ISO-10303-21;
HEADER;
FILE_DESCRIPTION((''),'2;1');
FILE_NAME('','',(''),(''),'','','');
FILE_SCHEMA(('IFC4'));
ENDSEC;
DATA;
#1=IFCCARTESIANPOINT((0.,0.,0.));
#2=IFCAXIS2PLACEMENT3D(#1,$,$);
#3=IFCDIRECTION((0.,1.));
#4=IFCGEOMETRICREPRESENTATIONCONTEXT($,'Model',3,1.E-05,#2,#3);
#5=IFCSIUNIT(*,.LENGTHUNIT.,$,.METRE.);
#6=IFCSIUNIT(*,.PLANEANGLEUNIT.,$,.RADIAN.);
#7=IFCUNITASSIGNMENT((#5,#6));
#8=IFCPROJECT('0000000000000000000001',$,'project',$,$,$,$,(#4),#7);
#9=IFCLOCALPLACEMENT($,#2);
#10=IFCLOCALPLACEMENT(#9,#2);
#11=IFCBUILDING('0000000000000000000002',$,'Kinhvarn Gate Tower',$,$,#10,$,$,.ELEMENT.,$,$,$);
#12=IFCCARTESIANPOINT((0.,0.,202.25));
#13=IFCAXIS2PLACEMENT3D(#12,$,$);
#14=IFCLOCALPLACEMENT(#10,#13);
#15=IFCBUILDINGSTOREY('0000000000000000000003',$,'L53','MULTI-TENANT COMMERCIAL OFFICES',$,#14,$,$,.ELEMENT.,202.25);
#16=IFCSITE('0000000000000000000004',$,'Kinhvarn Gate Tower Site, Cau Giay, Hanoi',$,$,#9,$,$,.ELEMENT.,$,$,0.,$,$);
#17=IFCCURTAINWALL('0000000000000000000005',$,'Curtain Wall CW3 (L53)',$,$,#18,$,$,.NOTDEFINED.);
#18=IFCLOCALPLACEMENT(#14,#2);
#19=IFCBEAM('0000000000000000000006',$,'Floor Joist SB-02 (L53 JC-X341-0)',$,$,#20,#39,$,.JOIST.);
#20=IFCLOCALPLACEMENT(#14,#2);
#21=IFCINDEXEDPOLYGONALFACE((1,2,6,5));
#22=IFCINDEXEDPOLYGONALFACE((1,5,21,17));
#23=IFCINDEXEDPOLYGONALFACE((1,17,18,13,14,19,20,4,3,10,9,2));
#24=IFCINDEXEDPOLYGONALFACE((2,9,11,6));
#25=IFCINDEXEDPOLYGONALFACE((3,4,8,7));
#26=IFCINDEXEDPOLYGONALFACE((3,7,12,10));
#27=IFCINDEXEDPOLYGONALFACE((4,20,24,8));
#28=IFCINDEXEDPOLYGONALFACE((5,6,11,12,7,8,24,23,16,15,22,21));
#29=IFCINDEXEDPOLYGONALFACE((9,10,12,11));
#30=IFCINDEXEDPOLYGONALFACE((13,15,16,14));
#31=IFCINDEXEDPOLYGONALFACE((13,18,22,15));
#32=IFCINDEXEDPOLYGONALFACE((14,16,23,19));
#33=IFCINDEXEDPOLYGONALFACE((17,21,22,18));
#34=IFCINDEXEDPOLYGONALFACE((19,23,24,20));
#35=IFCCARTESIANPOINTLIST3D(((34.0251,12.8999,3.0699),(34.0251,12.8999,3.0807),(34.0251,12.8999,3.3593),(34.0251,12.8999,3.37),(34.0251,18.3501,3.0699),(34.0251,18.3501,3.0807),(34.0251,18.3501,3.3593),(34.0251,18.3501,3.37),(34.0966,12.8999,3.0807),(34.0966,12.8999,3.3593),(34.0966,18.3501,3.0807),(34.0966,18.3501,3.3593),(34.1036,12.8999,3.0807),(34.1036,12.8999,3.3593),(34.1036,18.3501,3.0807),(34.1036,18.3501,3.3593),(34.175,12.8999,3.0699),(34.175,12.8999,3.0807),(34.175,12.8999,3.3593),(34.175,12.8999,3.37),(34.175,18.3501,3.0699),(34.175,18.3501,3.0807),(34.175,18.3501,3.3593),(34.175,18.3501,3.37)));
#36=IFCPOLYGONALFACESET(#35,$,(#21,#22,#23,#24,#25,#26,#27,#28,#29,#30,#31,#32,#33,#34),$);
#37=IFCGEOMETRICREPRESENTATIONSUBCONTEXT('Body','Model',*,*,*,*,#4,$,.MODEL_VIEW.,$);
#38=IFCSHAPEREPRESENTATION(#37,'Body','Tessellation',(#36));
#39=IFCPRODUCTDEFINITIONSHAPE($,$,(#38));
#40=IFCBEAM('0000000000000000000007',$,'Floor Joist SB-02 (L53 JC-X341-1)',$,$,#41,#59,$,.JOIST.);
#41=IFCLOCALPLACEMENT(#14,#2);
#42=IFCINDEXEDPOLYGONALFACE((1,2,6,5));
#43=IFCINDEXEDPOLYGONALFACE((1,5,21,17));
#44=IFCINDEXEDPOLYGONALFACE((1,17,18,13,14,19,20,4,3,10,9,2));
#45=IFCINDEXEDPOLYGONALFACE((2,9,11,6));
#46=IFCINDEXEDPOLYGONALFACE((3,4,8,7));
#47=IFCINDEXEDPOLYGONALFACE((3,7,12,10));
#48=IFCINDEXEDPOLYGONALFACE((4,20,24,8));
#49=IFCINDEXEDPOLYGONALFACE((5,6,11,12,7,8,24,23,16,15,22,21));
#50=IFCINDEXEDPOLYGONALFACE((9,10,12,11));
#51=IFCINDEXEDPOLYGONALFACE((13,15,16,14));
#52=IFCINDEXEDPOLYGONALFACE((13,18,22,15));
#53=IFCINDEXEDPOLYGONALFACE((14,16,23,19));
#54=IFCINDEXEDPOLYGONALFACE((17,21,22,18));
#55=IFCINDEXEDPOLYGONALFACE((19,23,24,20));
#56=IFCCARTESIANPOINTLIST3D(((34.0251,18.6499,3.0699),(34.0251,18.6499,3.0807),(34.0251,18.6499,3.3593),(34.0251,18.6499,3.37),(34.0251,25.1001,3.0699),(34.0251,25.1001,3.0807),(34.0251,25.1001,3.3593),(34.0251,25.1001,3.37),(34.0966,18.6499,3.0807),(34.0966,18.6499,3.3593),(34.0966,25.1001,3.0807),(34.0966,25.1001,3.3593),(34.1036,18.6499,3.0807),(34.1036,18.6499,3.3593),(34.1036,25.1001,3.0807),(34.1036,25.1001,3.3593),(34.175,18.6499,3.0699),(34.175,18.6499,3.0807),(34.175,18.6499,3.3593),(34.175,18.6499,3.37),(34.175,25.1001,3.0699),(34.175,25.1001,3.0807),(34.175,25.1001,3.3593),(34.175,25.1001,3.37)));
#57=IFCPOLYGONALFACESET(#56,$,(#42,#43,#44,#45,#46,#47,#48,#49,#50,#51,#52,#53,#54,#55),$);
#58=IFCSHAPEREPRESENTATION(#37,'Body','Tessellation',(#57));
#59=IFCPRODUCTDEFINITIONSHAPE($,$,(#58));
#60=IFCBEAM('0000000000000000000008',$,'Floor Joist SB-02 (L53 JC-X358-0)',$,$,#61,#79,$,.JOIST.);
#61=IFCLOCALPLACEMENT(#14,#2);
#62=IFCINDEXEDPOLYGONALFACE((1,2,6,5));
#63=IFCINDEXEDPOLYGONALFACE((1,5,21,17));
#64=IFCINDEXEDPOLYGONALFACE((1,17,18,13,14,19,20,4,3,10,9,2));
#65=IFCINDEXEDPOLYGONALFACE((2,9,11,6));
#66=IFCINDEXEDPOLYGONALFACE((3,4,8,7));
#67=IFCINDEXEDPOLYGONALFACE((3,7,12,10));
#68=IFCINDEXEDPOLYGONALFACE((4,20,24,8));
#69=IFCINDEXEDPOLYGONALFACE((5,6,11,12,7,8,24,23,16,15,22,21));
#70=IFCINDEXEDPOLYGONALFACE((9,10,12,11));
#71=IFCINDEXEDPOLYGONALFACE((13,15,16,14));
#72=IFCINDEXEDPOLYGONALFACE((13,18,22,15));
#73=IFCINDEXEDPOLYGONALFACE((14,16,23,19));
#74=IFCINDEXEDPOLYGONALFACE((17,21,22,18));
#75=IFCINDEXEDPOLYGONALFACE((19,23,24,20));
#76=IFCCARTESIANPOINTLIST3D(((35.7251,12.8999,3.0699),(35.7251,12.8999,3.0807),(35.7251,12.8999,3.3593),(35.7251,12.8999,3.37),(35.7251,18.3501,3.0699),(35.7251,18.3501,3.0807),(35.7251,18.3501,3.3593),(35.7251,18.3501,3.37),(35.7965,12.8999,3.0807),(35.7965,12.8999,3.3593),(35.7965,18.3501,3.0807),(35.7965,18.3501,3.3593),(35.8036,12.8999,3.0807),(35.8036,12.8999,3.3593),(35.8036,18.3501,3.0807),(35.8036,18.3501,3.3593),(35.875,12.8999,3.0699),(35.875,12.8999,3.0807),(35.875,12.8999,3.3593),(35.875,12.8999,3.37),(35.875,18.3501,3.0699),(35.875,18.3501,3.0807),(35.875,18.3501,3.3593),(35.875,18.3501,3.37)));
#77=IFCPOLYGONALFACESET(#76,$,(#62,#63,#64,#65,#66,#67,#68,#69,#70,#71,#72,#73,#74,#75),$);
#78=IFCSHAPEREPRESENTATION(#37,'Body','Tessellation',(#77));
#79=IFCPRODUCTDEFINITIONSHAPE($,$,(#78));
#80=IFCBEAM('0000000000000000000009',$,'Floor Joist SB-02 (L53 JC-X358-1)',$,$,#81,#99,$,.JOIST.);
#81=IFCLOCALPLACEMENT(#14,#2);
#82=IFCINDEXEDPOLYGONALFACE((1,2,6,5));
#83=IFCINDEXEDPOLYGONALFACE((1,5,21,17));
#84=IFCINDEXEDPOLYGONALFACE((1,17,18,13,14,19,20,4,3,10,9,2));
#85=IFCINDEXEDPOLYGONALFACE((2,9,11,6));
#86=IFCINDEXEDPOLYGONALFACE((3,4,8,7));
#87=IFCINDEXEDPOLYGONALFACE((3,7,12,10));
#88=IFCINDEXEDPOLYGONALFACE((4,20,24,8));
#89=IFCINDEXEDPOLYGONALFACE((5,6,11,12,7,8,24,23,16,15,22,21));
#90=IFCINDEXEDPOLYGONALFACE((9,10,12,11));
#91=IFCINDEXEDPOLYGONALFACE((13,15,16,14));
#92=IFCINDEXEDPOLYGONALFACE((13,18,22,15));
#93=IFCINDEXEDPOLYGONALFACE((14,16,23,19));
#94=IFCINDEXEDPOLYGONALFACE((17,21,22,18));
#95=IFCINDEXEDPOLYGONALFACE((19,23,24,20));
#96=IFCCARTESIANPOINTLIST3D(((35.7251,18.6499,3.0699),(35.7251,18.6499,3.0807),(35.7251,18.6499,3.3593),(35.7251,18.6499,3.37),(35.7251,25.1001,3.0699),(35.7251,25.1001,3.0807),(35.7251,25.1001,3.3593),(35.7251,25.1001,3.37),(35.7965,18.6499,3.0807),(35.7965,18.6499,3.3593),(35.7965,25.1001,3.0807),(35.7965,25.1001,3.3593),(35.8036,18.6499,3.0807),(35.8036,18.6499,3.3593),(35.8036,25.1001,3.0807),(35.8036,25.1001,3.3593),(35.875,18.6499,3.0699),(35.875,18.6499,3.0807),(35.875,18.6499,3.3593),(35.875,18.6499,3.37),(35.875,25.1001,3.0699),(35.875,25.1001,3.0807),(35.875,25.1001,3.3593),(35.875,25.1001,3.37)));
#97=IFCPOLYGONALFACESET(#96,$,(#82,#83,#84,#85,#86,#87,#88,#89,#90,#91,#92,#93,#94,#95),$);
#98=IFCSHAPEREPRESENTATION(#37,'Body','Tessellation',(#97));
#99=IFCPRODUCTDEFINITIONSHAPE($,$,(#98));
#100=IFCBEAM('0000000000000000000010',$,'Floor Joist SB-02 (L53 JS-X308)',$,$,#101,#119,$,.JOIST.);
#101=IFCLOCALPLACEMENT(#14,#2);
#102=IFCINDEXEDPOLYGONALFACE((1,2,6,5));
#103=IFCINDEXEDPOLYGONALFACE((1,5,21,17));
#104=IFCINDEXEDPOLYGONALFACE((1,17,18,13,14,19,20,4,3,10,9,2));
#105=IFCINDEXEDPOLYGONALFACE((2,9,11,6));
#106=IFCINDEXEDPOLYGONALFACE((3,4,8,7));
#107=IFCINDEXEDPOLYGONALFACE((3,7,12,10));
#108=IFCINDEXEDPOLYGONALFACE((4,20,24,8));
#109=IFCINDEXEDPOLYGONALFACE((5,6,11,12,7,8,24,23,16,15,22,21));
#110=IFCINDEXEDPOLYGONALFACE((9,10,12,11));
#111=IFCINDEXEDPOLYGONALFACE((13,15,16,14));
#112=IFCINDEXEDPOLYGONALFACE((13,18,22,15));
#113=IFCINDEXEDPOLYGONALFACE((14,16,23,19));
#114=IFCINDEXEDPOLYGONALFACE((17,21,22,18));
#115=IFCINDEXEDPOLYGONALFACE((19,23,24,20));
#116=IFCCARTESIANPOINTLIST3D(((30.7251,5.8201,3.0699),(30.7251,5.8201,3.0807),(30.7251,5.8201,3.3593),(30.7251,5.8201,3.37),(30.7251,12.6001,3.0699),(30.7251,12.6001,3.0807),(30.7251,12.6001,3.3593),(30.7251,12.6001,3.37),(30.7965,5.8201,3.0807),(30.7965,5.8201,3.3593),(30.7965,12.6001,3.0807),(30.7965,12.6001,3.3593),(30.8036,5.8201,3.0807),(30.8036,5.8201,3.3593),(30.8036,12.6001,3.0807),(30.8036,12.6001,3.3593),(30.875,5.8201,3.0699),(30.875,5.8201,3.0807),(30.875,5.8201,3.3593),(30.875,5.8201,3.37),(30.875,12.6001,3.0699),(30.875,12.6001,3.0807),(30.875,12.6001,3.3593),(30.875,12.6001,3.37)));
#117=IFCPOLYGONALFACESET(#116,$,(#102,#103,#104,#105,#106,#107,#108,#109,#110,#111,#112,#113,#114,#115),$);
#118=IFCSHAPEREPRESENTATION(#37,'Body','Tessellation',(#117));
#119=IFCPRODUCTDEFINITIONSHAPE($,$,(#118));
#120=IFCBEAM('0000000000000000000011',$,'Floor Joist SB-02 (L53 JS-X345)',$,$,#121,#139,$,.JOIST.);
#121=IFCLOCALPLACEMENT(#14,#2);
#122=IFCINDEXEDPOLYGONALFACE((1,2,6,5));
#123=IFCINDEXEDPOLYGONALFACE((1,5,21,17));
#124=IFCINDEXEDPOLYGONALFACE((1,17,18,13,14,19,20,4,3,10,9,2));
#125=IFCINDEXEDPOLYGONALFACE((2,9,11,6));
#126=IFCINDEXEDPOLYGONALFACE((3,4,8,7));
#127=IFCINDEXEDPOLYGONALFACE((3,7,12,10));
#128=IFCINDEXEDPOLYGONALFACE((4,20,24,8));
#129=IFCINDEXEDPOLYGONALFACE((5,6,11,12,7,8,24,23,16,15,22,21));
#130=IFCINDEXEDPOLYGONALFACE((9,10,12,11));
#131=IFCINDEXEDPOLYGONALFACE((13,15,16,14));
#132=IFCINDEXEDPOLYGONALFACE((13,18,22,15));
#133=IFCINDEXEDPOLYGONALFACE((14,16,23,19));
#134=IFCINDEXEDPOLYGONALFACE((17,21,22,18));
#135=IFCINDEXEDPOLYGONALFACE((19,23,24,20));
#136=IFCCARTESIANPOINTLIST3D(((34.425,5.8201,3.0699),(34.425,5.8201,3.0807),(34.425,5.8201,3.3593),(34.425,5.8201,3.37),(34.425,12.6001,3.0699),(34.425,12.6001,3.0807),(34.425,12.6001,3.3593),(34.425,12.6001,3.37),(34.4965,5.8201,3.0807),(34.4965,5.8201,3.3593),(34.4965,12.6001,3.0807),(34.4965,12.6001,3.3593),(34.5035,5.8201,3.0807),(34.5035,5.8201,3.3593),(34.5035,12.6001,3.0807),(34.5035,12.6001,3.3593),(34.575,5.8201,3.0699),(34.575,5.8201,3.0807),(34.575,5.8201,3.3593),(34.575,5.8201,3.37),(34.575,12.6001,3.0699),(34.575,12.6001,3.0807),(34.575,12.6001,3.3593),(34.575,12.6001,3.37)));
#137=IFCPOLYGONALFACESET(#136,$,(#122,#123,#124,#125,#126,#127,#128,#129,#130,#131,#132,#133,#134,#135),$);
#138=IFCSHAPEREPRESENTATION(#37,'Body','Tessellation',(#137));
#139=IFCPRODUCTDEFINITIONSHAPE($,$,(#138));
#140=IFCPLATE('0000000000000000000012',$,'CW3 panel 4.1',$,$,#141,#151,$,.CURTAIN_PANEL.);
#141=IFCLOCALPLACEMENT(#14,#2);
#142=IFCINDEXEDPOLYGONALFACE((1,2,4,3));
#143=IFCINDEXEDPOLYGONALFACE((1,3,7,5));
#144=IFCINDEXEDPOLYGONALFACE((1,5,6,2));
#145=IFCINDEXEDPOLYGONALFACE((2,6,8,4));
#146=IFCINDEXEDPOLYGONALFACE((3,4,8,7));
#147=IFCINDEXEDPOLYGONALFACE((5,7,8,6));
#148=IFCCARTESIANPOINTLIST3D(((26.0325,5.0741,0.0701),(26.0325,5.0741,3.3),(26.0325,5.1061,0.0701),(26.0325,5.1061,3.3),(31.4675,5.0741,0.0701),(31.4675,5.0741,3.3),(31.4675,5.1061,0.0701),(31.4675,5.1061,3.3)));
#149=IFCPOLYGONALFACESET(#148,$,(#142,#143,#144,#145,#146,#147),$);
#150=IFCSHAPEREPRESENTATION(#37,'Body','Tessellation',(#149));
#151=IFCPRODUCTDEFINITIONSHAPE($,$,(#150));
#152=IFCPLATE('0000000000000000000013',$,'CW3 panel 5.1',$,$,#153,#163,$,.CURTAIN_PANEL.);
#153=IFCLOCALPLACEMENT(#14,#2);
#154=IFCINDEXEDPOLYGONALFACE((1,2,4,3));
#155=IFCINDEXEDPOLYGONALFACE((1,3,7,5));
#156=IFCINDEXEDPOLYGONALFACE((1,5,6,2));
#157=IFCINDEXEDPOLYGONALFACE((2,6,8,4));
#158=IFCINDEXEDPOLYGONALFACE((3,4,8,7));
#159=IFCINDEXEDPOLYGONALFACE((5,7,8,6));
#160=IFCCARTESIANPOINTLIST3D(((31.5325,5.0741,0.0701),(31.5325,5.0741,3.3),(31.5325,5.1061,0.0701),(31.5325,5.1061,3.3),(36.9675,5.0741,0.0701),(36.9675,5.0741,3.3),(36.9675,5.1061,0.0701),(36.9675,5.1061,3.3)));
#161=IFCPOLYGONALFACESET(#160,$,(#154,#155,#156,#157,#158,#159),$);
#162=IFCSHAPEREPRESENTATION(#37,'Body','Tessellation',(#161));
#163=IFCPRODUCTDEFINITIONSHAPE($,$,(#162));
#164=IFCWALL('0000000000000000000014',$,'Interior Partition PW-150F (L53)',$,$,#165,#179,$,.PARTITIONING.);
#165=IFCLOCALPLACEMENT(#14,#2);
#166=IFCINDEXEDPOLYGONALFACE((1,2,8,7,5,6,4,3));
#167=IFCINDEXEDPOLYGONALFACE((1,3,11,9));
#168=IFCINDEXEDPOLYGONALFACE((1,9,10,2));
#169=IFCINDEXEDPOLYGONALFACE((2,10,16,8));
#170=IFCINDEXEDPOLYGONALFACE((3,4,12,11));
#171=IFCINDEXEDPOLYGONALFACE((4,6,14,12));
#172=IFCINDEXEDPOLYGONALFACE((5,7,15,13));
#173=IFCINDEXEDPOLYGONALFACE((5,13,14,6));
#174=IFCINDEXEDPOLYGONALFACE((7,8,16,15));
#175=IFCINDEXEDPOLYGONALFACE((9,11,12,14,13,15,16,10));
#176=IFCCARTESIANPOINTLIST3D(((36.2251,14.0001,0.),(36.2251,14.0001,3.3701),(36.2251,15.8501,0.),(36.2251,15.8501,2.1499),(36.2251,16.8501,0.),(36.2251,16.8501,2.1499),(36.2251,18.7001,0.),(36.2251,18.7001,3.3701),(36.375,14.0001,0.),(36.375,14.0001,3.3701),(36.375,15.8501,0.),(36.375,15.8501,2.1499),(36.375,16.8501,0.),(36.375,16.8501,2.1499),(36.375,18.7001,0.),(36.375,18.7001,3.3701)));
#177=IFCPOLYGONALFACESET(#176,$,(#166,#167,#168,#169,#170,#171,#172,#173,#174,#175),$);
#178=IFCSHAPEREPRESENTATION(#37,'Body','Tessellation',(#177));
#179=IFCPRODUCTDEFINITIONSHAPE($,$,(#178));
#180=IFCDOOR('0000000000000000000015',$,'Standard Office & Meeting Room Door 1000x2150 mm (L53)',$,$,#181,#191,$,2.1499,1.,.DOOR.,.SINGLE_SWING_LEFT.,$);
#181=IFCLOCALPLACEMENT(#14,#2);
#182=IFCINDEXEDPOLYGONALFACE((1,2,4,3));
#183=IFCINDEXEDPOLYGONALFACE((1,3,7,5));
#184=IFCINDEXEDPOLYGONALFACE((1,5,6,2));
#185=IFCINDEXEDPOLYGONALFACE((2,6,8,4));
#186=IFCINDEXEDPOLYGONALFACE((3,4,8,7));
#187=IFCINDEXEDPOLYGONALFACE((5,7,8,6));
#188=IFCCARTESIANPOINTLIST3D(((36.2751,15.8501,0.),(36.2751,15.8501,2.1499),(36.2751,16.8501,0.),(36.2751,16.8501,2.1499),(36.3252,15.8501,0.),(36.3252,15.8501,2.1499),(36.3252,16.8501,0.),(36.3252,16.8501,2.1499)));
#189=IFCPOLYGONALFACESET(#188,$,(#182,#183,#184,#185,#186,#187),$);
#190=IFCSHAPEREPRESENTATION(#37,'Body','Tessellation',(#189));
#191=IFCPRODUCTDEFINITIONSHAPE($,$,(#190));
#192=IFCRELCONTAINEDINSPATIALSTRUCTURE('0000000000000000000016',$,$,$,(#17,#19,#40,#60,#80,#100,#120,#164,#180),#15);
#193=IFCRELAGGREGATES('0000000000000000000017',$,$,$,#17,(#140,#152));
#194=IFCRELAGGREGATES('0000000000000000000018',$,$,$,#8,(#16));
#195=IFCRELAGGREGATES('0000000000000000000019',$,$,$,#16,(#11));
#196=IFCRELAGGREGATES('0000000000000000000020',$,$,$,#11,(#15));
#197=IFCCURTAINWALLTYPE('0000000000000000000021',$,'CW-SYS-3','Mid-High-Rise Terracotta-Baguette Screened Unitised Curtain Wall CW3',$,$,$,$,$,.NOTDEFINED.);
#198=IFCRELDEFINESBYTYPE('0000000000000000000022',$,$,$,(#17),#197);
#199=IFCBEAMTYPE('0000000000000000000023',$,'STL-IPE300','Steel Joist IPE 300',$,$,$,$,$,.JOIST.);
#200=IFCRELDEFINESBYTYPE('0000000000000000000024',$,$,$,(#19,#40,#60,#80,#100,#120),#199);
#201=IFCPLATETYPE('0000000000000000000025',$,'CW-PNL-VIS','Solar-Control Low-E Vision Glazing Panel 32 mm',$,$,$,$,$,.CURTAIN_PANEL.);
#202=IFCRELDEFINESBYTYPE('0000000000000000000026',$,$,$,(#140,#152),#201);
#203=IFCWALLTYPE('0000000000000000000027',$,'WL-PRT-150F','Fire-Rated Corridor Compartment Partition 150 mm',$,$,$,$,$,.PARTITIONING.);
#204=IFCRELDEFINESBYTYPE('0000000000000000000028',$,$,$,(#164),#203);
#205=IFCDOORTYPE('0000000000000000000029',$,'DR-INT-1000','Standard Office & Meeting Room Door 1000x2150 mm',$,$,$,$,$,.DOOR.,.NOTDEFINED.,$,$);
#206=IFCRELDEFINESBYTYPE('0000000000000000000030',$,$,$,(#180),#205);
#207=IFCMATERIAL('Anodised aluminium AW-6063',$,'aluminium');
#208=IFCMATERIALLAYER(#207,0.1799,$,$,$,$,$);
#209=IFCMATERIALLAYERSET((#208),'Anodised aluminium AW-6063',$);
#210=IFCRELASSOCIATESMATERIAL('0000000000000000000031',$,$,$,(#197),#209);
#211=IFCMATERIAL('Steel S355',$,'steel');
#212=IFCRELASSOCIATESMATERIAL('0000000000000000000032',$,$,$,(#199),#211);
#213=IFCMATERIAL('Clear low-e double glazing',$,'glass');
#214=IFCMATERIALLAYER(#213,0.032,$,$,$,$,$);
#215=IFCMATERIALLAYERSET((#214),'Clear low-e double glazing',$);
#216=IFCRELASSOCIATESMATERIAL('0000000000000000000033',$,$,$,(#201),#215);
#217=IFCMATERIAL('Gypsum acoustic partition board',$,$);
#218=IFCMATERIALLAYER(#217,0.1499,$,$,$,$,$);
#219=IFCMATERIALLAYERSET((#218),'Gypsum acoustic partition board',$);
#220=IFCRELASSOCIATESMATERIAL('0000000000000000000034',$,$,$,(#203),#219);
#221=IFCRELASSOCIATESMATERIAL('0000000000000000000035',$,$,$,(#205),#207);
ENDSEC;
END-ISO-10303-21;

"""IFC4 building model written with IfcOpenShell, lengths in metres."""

from ifc_helpers import new_model, si_unit, direction, frame, frame_2d, origin, origin_2d, place, context, subcontext, project, spatial, rectangle, i_section, extrude, material, layer, layer_set, material_profile, profile_set, type_object, element, fill, aggregate, save


model = new_model("IFC4")

# Units and contexts
model_context = context("Model", 3, precision=1e-05, world=origin(), true_north=direction((0.0, 1.0)))
body_context = subcontext(model_context, "Body", "Model", "MODEL_VIEW")
ifc_project = project(units=[si_unit("LENGTHUNIT", "METRE"), si_unit("PLANEANGLEUNIT", "RADIAN")], contexts=[model_context])

# Site, building, storey
site_placement = place(None, origin())
site = spatial("IfcSite", under=ifc_project, at=site_placement, Name="Kinhvarn Gate Tower Site, Cau Giay, Hanoi", CompositionType="ELEMENT", RefElevation=0.0)
building_placement = place(site_placement, origin())
building = spatial("IfcBuilding", under=site, at=building_placement, Name="Kinhvarn Gate Tower", CompositionType="ELEMENT")
storey_placement = place(building_placement, frame((0.0, 0.0, 202.25)))
storey = spatial("IfcBuildingStorey", under=building, at=storey_placement, Name="L53", Description="MULTI-TENANT COMMERCIAL OFFICES", CompositionType="ELEMENT", Elevation=202.25)

# Curtain wall
ifc_material_1 = material(Name="Anodised aluminium AW-6063", Category="aluminium")
ifc_layer_1 = layer(ifc_material_1, 0.1799)
ifc_layer_set_1 = layer_set([ifc_layer_1], Name="Anodised aluminium AW-6063")
curtain_wall_type = type_object("IfcCurtainWallType", Name="CW-SYS-3", Description="Mid-High-Rise Terracotta-Baguette Screened Unitised Curtain Wall CW3", PredefinedType="NOTDEFINED", material=ifc_layer_set_1)
curtain_wall_placement = place(storey_placement, origin())
curtain_wall = element("IfcCurtainWall", 1, at=curtain_wall_placement, inside=storey, type_object=curtain_wall_type, Name="Curtain Wall CW3 (L53)", PredefinedType="NOTDEFINED")

# Beams
ifc_material_2 = material(Name="Steel S355", Category="steel")
ifc_material_profile_1 = material_profile(ifc_material_2, i_section(OverallWidth=0.1499, OverallDepth=0.3, WebThickness=0.0071, FlangeThickness=0.0107, at=origin_2d()), Name="IPE 300")
ifc_profile_set_1 = profile_set([ifc_material_profile_1], Name="Steel S355")
beam_type = type_object("IfcBeamType", Name="STL-IPE300", Description="Steel Joist IPE 300", PredefinedType="JOIST", material=ifc_profile_set_1)
beam_1_placement = place(storey_placement, frame((34.1001, 12.8999, 3.22), z_axis=(0.0, 1.0, 0.0), x_axis=(-1.0, 0.0, 0.0)))
element("IfcBeam", 2, at=beam_1_placement, inside=storey, type_object=beam_type, Name="Floor Joist SB-02 (L53 JC-X341-0)", PredefinedType="JOIST", context=body_context, shape_type="SweptSolid", body=[
    extrude(i_section(OverallWidth=0.1499, OverallDepth=0.3, WebThickness=0.0071, FlangeThickness=0.0107, at=origin_2d()), origin(), (0.0, 0.0, 1.0), 5.4502),
])
beam_2_placement = place(storey_placement, frame((34.1001, 18.6499, 3.22), z_axis=(0.0, 1.0, 0.0), x_axis=(-1.0, 0.0, 0.0)))
element("IfcBeam", 3, at=beam_2_placement, inside=storey, type_object=beam_type, Name="Floor Joist SB-02 (L53 JC-X341-1)", PredefinedType="JOIST", context=body_context, shape_type="SweptSolid", body=[
    extrude(i_section(OverallWidth=0.1499, OverallDepth=0.3, WebThickness=0.0071, FlangeThickness=0.0107, at=origin_2d()), origin(), (0.0, 0.0, 1.0), 6.4502),
])
beam_3_placement = place(storey_placement, frame((35.8, 12.8999, 3.22), z_axis=(0.0, 1.0, 0.0), x_axis=(-1.0, 0.0, 0.0)))
element("IfcBeam", 4, at=beam_3_placement, inside=storey, type_object=beam_type, Name="Floor Joist SB-02 (L53 JC-X358-0)", PredefinedType="JOIST", context=body_context, shape_type="SweptSolid", body=[
    extrude(i_section(OverallWidth=0.1499, OverallDepth=0.3, WebThickness=0.0071, FlangeThickness=0.0107, at=origin_2d()), origin(), (0.0, 0.0, 1.0), 5.4502),
])
beam_4_placement = place(storey_placement, frame((35.8, 18.6499, 3.22), z_axis=(0.0, 1.0, 0.0), x_axis=(-1.0, 0.0, 0.0)))
element("IfcBeam", 5, at=beam_4_placement, inside=storey, type_object=beam_type, Name="Floor Joist SB-02 (L53 JC-X358-1)", PredefinedType="JOIST", context=body_context, shape_type="SweptSolid", body=[
    extrude(i_section(OverallWidth=0.1499, OverallDepth=0.3, WebThickness=0.0071, FlangeThickness=0.0107, at=origin_2d()), origin(), (0.0, 0.0, 1.0), 6.4502),
])
for number, where, z_axis, x_axis, name in (
    (6, (30.8, 5.8201, 3.22), (0.0, 1.0, 0.0), (-1.0, 0.0, 0.0), "Floor Joist SB-02 (L53 JS-X308)"),
    (7, (34.5, 5.8201, 3.22), (0.0, 1.0, 0.0), (-1.0, 0.0, 0.0), "Floor Joist SB-02 (L53 JS-X345)"),
):
    element("IfcBeam", number, at=place(storey_placement, frame(where, z_axis=z_axis, x_axis=x_axis)), inside=storey, type_object=beam_type, Name=name, PredefinedType="JOIST", context=body_context, shape_type="SweptSolid", body=[
        extrude(i_section(OverallWidth=0.1499, OverallDepth=0.3, WebThickness=0.0071, FlangeThickness=0.0107, at=origin_2d()), origin(), (0.0, 0.0, 1.0), 6.78),
    ])

# Plates
ifc_material_3 = material(Name="Clear low-e double glazing", Category="glass")
ifc_layer_2 = layer(ifc_material_3, 0.032)
ifc_layer_set_2 = layer_set([ifc_layer_2], Name="Clear low-e double glazing")
plate_type = type_object("IfcPlateType", Name="CW-PNL-VIS", Description="Solar-Control Low-E Vision Glazing Panel 32 mm", PredefinedType="CURTAIN_PANEL", material=ifc_layer_set_2)
plate_1_placement = place(storey_placement, frame((28.75, 5.0901, 0.0701), z_axis=(0.0, 0.0, 1.0), x_axis=(1.0, 0.0, 0.0)))
plate_1 = element("IfcPlate", 8, at=plate_1_placement, type_object=plate_type, Name="CW3 panel 4.1", PredefinedType="CURTAIN_PANEL", context=body_context, shape_type="SweptSolid", body=[
    extrude(rectangle(XDim=5.4351, YDim=0.032, at=origin_2d()), origin(), (0.0, 0.0, 1.0), 3.23),
])
plate_2_placement = place(storey_placement, frame((34.25, 5.0901, 0.0701), z_axis=(0.0, 0.0, 1.0), x_axis=(1.0, 0.0, 0.0)))
plate_2 = element("IfcPlate", 9, at=plate_2_placement, type_object=plate_type, Name="CW3 panel 5.1", PredefinedType="CURTAIN_PANEL", context=body_context, shape_type="SweptSolid", body=[
    extrude(rectangle(XDim=5.4351, YDim=0.032, at=origin_2d()), origin(), (0.0, 0.0, 1.0), 3.23),
])
aggregate(curtain_wall, [plate_1, plate_2])

# Wall, opening, door
ifc_material_4 = material(Name="Gypsum acoustic partition board")
ifc_layer_3 = layer(ifc_material_4, 0.1499)
ifc_layer_set_3 = layer_set([ifc_layer_3], Name="Gypsum acoustic partition board")
wall_type = type_object("IfcWallType", Name="WL-PRT-150F", Description="Fire-Rated Corridor Compartment Partition 150 mm", PredefinedType="PARTITIONING", material=ifc_layer_set_3)
wall_1_placement = place(storey_placement, frame((36.3, 14.0, 0.0), z_axis=(0.0, 0.0, 1.0), x_axis=(0.0, 1.0, 0.0)))
wall_1 = element("IfcWall", 10, at=wall_1_placement, inside=storey, type_object=wall_type, Name="Interior Partition PW-150F (L53)", PredefinedType="PARTITIONING", context=body_context, shape_type="SweptSolid", body=[
    extrude(rectangle(XDim=4.7, YDim=0.1499, at=frame_2d((2.3501, 0.0))), origin(), (0.0, 0.0, 1.0), 3.3701),
])
opening_placement = place(wall_1_placement, frame((1.8501, 0.0, 0.0)))
opening = element("IfcOpeningElement", 11, at=opening_placement, cuts=wall_1, PredefinedType="OPENING", context=body_context, shape_type="SweptSolid", body=[
    extrude(rectangle(XDim=1.0, YDim=2.1499, at=frame_2d((0.5, 1.075))), frame((0.0, 0.085, 0.0), z_axis=(0.0, -1.0, 0.0), x_axis=(1.0, 0.0, 0.0)), (0.0, 0.0, 1.0), 0.1699),
])
door_type = type_object("IfcDoorType", Name="DR-INT-1000", Description="Standard Office & Meeting Room Door 1000x2150 mm", OperationType="NOTDEFINED", PredefinedType="DOOR", material=ifc_material_1)
door_placement = place(opening_placement, origin())
door = element("IfcDoor", 12, at=door_placement, inside=storey, type_object=door_type, Name="Standard Office & Meeting Room Door 1000x2150 mm (L53)", OperationType="SINGLE_SWING_LEFT", OverallHeight=2.1499, OverallWidth=1.0, PredefinedType="DOOR", context=body_context, shape_type="SweptSolid", body=[
    extrude(rectangle(XDim=1.0, YDim=2.1499, at=frame_2d((0.5, 1.075))), frame((0.0, 0.0249, 0.0), z_axis=(0.0, -1.0, 0.0), x_axis=(1.0, 0.0, 0.0)), (0.0, 0.0, 1.0), 0.05),
])
fill(opening, door)

save(model, "model.ifc")
